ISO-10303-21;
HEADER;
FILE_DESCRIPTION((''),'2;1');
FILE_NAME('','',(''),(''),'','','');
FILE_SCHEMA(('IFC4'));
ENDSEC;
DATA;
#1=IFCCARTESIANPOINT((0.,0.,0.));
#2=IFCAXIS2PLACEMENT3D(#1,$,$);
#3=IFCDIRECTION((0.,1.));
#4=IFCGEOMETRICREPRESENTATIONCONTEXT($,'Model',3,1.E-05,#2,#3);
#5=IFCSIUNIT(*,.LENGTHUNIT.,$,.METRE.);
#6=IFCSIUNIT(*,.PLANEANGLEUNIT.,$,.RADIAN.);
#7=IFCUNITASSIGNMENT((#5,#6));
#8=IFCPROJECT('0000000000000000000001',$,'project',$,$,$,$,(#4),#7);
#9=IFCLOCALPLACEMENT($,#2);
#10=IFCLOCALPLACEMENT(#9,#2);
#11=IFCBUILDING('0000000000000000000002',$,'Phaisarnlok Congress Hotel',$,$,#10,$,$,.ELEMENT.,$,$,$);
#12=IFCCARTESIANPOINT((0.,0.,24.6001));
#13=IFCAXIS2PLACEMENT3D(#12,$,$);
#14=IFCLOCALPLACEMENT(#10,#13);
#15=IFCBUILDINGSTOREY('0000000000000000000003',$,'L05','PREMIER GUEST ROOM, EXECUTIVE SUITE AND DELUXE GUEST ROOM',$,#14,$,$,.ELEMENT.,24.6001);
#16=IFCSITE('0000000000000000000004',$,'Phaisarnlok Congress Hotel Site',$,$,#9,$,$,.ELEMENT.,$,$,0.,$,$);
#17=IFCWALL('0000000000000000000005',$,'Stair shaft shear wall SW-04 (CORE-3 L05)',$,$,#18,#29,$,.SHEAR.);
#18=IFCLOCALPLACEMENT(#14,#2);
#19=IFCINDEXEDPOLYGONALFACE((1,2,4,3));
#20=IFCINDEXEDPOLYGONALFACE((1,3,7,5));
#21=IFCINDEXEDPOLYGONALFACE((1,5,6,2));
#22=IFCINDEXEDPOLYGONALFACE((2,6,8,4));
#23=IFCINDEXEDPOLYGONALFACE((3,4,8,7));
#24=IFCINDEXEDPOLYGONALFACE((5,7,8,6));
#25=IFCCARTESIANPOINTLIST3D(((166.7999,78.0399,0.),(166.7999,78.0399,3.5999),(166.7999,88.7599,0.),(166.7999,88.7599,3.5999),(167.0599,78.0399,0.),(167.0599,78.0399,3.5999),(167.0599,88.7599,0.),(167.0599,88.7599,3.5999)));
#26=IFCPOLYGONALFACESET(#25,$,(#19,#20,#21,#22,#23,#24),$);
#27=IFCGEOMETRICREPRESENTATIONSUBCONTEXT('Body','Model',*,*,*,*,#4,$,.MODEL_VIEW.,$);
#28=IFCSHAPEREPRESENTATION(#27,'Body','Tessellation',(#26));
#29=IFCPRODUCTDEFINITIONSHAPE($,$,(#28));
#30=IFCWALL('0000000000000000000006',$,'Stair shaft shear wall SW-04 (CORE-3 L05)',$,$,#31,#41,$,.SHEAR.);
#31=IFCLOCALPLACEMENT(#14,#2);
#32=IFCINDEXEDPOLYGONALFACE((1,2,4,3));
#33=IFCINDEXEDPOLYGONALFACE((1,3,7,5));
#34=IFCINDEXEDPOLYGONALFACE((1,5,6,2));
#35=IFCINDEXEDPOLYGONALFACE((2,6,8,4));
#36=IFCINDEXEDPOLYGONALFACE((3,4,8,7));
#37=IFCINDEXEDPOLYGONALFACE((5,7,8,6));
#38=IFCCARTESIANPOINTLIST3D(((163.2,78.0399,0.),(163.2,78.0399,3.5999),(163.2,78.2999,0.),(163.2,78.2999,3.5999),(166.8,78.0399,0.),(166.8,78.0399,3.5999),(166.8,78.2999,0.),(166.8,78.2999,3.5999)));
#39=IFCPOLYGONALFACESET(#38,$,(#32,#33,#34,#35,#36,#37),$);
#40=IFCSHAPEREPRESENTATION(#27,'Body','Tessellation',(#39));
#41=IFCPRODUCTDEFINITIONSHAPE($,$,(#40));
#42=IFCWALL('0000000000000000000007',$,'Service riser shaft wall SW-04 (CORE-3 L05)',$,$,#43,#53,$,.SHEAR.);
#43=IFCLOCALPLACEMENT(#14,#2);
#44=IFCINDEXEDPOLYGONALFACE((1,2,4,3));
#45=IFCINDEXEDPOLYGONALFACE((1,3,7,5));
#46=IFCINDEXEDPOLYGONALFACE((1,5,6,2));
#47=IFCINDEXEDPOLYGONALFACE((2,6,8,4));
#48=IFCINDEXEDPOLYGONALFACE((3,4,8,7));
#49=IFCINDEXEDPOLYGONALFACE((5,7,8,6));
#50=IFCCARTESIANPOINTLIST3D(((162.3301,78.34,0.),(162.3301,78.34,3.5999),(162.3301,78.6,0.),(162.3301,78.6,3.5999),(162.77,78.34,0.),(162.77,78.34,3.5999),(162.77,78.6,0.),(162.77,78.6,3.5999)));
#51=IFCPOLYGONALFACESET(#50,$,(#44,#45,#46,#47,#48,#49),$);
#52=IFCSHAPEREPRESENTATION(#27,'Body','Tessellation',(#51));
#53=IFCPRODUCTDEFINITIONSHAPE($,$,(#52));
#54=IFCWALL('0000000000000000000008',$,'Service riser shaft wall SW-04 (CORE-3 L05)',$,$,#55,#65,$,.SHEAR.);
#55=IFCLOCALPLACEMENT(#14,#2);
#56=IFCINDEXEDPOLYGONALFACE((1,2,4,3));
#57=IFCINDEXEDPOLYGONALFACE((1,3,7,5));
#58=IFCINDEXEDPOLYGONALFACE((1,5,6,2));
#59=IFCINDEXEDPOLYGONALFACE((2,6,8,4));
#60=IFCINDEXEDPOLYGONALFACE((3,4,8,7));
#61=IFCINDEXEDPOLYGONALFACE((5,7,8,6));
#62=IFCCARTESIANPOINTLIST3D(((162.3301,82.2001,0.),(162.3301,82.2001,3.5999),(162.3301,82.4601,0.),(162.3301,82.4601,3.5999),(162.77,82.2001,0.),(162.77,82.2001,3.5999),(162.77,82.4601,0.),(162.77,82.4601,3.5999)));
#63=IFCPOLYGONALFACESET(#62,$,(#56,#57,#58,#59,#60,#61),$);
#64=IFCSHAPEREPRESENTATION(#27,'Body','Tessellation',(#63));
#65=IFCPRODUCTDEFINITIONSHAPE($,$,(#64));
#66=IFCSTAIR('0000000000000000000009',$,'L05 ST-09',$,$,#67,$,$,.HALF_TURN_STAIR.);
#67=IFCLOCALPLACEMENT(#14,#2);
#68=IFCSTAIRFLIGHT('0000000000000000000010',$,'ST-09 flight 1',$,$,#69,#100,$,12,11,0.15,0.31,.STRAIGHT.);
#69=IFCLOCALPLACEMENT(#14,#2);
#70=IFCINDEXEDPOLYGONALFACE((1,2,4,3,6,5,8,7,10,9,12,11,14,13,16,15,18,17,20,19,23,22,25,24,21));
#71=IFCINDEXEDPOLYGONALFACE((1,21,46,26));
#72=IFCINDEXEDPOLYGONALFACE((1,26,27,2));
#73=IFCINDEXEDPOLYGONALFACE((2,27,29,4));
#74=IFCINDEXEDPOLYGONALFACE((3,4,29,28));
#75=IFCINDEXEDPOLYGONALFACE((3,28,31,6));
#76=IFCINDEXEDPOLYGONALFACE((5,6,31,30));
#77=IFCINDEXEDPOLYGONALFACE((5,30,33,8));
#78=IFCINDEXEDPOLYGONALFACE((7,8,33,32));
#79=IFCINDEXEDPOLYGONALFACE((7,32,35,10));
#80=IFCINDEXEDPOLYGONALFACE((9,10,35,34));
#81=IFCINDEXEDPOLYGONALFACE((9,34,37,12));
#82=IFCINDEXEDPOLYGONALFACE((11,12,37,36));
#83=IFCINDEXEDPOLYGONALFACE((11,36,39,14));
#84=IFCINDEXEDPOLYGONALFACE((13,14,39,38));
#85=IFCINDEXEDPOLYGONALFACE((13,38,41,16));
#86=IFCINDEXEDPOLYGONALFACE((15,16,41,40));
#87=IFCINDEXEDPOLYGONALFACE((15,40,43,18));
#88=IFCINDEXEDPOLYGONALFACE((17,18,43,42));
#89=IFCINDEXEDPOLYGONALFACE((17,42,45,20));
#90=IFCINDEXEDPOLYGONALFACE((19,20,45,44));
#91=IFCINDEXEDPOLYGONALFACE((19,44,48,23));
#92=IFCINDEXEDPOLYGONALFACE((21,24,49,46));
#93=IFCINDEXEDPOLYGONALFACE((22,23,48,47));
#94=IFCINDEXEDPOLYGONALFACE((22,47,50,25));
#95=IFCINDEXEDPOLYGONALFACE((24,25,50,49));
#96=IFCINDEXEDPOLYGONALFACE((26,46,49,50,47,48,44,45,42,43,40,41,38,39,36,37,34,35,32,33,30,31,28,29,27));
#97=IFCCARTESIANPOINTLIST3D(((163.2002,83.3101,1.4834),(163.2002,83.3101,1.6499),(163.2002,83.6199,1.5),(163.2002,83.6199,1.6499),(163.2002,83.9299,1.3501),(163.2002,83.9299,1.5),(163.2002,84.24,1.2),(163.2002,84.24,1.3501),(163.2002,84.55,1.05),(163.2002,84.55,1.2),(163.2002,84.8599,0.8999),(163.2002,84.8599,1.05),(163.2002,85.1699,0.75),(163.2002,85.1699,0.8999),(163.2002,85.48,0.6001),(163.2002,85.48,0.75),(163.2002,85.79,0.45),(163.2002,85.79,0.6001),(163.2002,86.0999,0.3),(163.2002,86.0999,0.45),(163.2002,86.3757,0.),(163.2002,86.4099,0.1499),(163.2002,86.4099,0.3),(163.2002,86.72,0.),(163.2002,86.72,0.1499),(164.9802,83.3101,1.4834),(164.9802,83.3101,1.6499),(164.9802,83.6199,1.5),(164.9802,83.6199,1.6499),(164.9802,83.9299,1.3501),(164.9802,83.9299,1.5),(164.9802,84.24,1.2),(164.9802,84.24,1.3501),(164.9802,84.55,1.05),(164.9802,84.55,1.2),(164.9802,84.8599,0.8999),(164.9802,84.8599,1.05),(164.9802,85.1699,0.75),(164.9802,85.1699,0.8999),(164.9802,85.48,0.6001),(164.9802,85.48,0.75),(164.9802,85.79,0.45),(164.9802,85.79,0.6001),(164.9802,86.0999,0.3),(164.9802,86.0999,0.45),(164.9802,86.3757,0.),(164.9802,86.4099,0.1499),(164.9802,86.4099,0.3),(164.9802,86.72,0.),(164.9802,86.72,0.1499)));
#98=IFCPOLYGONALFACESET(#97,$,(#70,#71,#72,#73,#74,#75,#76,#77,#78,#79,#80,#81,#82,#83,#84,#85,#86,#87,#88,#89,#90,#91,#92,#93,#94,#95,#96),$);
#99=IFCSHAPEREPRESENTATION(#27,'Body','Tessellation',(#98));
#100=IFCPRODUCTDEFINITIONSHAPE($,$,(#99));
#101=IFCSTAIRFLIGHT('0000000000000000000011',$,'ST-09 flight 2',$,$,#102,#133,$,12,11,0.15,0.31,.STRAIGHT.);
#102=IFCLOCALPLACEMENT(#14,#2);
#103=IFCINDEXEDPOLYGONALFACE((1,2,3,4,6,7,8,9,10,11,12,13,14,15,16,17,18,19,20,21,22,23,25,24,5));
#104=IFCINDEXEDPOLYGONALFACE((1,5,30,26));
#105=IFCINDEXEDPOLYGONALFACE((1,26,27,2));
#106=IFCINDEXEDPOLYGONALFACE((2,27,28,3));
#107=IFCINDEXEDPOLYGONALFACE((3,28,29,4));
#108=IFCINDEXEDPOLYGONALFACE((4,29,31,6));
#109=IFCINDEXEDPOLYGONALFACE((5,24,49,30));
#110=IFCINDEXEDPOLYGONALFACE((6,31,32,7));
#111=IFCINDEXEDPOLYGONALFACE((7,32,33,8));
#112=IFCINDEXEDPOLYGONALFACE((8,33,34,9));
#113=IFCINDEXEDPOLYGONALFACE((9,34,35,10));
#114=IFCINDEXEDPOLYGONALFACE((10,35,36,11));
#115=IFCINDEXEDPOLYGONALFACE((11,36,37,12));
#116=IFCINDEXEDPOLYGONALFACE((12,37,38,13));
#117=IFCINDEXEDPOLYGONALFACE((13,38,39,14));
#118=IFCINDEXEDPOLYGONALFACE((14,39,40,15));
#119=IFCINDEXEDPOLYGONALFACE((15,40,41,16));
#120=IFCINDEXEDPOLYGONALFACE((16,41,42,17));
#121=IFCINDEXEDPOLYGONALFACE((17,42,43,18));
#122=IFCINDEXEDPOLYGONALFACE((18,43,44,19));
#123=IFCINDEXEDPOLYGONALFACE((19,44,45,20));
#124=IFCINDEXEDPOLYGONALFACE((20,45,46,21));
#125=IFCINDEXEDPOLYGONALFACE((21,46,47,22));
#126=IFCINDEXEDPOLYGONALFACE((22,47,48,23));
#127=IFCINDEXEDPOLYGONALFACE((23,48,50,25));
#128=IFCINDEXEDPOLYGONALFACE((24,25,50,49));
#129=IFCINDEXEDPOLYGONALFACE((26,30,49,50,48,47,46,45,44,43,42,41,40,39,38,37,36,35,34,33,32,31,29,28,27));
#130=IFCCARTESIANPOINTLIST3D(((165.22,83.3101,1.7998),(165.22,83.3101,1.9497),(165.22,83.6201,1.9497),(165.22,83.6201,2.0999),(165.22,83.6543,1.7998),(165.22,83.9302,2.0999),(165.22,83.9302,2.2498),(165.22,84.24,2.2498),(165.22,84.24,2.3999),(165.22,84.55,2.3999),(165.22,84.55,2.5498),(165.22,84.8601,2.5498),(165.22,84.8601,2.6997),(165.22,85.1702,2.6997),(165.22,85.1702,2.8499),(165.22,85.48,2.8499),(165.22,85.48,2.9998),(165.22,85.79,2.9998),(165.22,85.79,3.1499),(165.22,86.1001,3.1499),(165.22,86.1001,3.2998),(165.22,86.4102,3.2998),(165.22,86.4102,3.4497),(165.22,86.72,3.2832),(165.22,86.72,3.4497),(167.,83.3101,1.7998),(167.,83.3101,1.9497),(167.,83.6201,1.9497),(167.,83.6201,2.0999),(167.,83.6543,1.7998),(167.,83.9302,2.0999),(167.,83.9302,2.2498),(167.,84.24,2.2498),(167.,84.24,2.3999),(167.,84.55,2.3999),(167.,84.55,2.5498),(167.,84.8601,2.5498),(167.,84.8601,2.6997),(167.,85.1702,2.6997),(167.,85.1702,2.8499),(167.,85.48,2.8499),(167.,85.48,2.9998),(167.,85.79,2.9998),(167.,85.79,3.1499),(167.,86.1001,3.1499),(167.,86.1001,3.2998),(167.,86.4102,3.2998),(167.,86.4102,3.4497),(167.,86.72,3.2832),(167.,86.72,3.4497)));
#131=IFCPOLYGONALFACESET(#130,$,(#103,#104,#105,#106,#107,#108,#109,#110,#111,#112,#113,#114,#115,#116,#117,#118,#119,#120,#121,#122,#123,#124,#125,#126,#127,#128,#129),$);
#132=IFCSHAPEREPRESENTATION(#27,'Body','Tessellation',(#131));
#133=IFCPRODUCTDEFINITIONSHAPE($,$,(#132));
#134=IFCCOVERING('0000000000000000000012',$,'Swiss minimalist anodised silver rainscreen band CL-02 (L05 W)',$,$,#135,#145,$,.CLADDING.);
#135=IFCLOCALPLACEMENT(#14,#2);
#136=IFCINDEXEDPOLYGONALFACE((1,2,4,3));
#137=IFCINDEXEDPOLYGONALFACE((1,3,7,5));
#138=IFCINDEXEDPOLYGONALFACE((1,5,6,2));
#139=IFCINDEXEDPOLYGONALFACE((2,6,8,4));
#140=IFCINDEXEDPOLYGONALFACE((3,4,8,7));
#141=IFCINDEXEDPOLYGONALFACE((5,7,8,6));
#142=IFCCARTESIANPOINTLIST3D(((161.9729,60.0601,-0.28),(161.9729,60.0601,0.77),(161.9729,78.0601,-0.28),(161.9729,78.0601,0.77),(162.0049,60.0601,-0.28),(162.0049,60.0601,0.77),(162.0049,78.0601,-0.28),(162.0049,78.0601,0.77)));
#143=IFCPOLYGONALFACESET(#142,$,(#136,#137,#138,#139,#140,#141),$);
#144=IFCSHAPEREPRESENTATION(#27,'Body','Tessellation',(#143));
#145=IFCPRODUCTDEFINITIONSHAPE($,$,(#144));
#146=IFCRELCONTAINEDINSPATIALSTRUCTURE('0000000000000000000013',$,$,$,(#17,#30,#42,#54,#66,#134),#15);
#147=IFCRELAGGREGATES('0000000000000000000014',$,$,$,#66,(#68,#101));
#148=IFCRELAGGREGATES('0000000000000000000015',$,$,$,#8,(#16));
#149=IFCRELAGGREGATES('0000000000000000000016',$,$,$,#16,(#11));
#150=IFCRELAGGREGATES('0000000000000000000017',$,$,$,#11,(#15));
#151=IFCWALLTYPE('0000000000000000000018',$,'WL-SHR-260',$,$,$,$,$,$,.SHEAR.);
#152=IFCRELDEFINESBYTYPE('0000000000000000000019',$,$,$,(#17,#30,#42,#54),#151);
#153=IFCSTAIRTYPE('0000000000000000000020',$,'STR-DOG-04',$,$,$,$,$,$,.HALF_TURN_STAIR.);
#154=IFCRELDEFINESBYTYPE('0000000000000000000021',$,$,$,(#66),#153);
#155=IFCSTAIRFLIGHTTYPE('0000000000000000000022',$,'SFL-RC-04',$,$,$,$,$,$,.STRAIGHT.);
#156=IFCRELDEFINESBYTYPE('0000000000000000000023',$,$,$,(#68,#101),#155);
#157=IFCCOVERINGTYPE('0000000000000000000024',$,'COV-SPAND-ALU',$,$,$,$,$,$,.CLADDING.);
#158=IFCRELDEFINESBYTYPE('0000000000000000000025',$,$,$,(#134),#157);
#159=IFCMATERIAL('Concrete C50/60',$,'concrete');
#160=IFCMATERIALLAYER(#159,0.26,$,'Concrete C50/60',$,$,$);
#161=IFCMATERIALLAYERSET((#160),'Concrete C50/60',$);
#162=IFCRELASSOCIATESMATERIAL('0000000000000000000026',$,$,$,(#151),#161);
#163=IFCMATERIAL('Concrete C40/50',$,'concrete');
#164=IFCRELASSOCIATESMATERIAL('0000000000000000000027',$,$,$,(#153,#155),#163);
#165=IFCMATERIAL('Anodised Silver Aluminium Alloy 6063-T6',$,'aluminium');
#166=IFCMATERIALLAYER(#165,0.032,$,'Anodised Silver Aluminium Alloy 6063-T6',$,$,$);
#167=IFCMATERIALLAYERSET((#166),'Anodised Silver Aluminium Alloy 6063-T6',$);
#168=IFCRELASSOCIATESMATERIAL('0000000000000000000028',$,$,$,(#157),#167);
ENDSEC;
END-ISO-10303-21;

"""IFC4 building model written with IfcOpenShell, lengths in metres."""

from ifc_helpers import new_model, si_unit, direction, frame, frame_2d, origin, place, context, subcontext, project, spatial, polyline, rectangle, outline, extrude, material, layer, layer_set, type_object, element, aggregate, save


model = new_model("IFC4")

# Units and contexts
model_context = context("Model", 3, precision=1e-05, world=origin(), true_north=direction((0.0, 1.0)))
body_context = subcontext(model_context, "Body", "Model", "MODEL_VIEW")
ifc_project = project(units=[si_unit("LENGTHUNIT", "METRE"), si_unit("PLANEANGLEUNIT", "RADIAN")], contexts=[model_context])

# Site, building, storey
site_placement = place(None, origin())
site = spatial("IfcSite", under=ifc_project, at=site_placement, Name="Phaisarnlok Congress Hotel Site", CompositionType="ELEMENT", RefElevation=0.0)
building_placement = place(site_placement, origin())
building = spatial("IfcBuilding", under=site, at=building_placement, Name="Phaisarnlok Congress Hotel", CompositionType="ELEMENT")
storey_placement = place(building_placement, frame((0.0, 0.0, 24.6001)))
storey = spatial("IfcBuildingStorey", under=building, at=storey_placement, Name="L05", Description="PREMIER GUEST ROOM, EXECUTIVE SUITE AND DELUXE GUEST ROOM", CompositionType="ELEMENT", Elevation=24.6001)

# Shared definitions
ifc_material_1 = material(Name="Concrete C50/60", Category="concrete")

# Shared definitions
ifc_material_2 = material(Name="Concrete C40/50", Category="concrete")

# Walls
ifc_layer_1 = layer(ifc_material_1, 0.26, Name="Concrete C50/60")
ifc_layer_set_1 = layer_set([ifc_layer_1], Name="Concrete C50/60")
wall_type_1 = type_object("IfcWallType", Name="WL-SHR-260", PredefinedType="SHEAR", material=ifc_layer_set_1)
for number, where, z_axis, x_axis, name in (
    (1, (166.9299, 78.04, 0.0), (0.0, 0.0, 1.0), (0.0, 1.0, 0.0), "Stair shaft shear wall SW-04 (CORE-3 L05)"),
):
    element("IfcWall", number, at=place(storey_placement, frame(where, z_axis=z_axis, x_axis=x_axis)), inside=storey, type_object=wall_type_1, Name=name, PredefinedType="SHEAR", context=body_context, shape_type="SweptSolid", body=[
        extrude(rectangle(XDim=10.72, YDim=0.26, at=frame_2d((5.3599, 0.0))), origin(), (0.0, 0.0, 1.0), 3.5999),
    ])
wall_1_placement = place(storey_placement, frame((163.2, 78.1699, 0.0), z_axis=(0.0, 0.0, 1.0), x_axis=(1.0, 0.0, 0.0)))
element("IfcWall", 2, at=wall_1_placement, inside=storey, type_object=wall_type_1, Name="Stair shaft shear wall SW-04 (CORE-3 L05)", PredefinedType="SHEAR", context=body_context, shape_type="SweptSolid", body=[
    extrude(rectangle(XDim=3.6001, YDim=0.26, at=frame_2d((1.8, 0.0))), origin(), (0.0, 0.0, 1.0), 3.5999),
])
for number, where, z_axis, x_axis, name in (
    (3, (162.3301, 78.47, 0.0), (0.0, 0.0, 1.0), (1.0, 0.0, 0.0), "Service riser shaft wall SW-04 (CORE-3 L05)"),
    (4, (162.3301, 82.3301, 0.0), (0.0, 0.0, 1.0), (1.0, 0.0, 0.0), "Service riser shaft wall SW-04 (CORE-3 L05)"),
):
    element("IfcWall", number, at=place(storey_placement, frame(where, z_axis=z_axis, x_axis=x_axis)), inside=storey, type_object=wall_type_1, Name=name, PredefinedType="SHEAR", context=body_context, shape_type="SweptSolid", body=[
        extrude(rectangle(XDim=0.4399, YDim=0.26, at=frame_2d((0.22, 0.0))), origin(), (0.0, 0.0, 1.0), 3.5999),
    ])

# Stair, stair flights
stair_type = type_object("IfcStairType", Name="STR-DOG-04", PredefinedType="HALF_TURN_STAIR", material=ifc_material_2)
stair_placement = place(storey_placement, origin())
stair = element("IfcStair", 5, at=stair_placement, inside=storey, type_object=stair_type, Name="L05 ST-09", PredefinedType="HALF_TURN_STAIR")
stair_flight_type = type_object("IfcStairFlightType", Name="SFL-RC-04", PredefinedType="STRAIGHT", material=ifc_material_2)
stair_flight_1_placement = place(storey_placement, frame((164.0901, 86.72, 0.0), z_axis=(0.0, 0.0, 1.0), x_axis=(0.0, -1.0, 0.0)))
stair_flight_1 = element("IfcStairFlight", 6, at=stair_flight_1_placement, type_object=stair_flight_type, Name="ST-09 flight 1", NumberOfRisers=12, NumberOfTreads=11, PredefinedType="STRAIGHT", RiserHeight=0.15, TreadLength=0.31, context=body_context, shape_type="SweptSolid", body=[
    extrude(outline(polyline([(0.0, 0.0), (0.0, 0.1499), (0.3101, 0.1499), (0.3101, 0.3), (0.6201, 0.3), (0.6201, 0.45), (0.9299, 0.45), (0.9299, 0.6001), (1.24, 0.6001), (1.24, 0.75), (1.55, 0.75), (1.55, 0.8999), (1.8601, 0.8999), (1.8601, 1.05), (2.1699, 1.05), (2.1699, 1.2), (2.48, 1.2), (2.48, 1.3501), (2.79, 1.3501), (2.79, 1.5), (3.1001, 1.5), (3.1001, 1.6499), (3.4099, 1.6499), (3.4099, 1.8), (3.4099, 1.4834), (0.3442, 0.0), (0.0, 0.0)])), frame((0.0, 0.8901, 0.0), z_axis=(0.0, -1.0, 0.0), x_axis=(1.0, 0.0, 0.0)), (0.0, 0.0, 1.0), 1.78),
])
stair_flight_2_placement = place(storey_placement, frame((166.1101, 83.3101, 1.7998), z_axis=(0.0, 0.0, 1.0), x_axis=(0.0, 1.0, 0.0)))
stair_flight_2 = element("IfcStairFlight", 7, at=stair_flight_2_placement, type_object=stair_flight_type, Name="ST-09 flight 2", NumberOfRisers=12, NumberOfTreads=11, PredefinedType="STRAIGHT", RiserHeight=0.15, TreadLength=0.31, context=body_context, shape_type="SweptSolid", body=[
    extrude(outline(polyline([(0.0, 0.0), (0.0, 0.1499), (0.3101, 0.1499), (0.3101, 0.3), (0.6201, 0.3), (0.6201, 0.45), (0.9299, 0.45), (0.9299, 0.6001), (1.24, 0.6001), (1.24, 0.75), (1.55, 0.75), (1.55, 0.8999), (1.8601, 0.8999), (1.8601, 1.05), (2.1699, 1.05), (2.1699, 1.2), (2.48, 1.2), (2.48, 1.3501), (2.79, 1.3501), (2.79, 1.5), (3.1001, 1.5), (3.1001, 1.6499), (3.4099, 1.6499), (3.4099, 1.8), (3.4099, 1.4834), (0.3442, 0.0), (0.0, 0.0)])), frame((0.0, 0.8901, 0.0), z_axis=(0.0, -1.0, 0.0), x_axis=(1.0, 0.0, 0.0)), (0.0, 0.0, 1.0), 1.78),
])
aggregate(stair, [stair_flight_1, stair_flight_2])

# Covering
ifc_material_3 = material(Name="Anodised Silver Aluminium Alloy 6063-T6", Category="aluminium")
ifc_layer_2 = layer(ifc_material_3, 0.032, Name="Anodised Silver Aluminium Alloy 6063-T6")
ifc_layer_set_2 = layer_set([ifc_layer_2], Name="Anodised Silver Aluminium Alloy 6063-T6")
covering_type = type_object("IfcCoveringType", Name="COV-SPAND-ALU", PredefinedType="CLADDING", material=ifc_layer_set_2)
covering_placement = place(storey_placement, frame((162.0049, 78.0601, -0.28), z_axis=(-1.0, 0.0, 0.0), x_axis=(0.0, -1.0, 0.0)))
element("IfcCovering", 8, at=covering_placement, inside=storey, type_object=covering_type, Name="Swiss minimalist anodised silver rainscreen band CL-02 (L05 W)", PredefinedType="CLADDING", context=body_context, shape_type="SweptSolid", body=[
    extrude(outline(polyline([(0.0, 0.0), (18.0, 0.0), (18.0, 1.05), (0.0, 1.05), (0.0, 0.0)])), origin(), (0.0, 0.0, 1.0), 0.032),
])

save(model, "model.ifc")
